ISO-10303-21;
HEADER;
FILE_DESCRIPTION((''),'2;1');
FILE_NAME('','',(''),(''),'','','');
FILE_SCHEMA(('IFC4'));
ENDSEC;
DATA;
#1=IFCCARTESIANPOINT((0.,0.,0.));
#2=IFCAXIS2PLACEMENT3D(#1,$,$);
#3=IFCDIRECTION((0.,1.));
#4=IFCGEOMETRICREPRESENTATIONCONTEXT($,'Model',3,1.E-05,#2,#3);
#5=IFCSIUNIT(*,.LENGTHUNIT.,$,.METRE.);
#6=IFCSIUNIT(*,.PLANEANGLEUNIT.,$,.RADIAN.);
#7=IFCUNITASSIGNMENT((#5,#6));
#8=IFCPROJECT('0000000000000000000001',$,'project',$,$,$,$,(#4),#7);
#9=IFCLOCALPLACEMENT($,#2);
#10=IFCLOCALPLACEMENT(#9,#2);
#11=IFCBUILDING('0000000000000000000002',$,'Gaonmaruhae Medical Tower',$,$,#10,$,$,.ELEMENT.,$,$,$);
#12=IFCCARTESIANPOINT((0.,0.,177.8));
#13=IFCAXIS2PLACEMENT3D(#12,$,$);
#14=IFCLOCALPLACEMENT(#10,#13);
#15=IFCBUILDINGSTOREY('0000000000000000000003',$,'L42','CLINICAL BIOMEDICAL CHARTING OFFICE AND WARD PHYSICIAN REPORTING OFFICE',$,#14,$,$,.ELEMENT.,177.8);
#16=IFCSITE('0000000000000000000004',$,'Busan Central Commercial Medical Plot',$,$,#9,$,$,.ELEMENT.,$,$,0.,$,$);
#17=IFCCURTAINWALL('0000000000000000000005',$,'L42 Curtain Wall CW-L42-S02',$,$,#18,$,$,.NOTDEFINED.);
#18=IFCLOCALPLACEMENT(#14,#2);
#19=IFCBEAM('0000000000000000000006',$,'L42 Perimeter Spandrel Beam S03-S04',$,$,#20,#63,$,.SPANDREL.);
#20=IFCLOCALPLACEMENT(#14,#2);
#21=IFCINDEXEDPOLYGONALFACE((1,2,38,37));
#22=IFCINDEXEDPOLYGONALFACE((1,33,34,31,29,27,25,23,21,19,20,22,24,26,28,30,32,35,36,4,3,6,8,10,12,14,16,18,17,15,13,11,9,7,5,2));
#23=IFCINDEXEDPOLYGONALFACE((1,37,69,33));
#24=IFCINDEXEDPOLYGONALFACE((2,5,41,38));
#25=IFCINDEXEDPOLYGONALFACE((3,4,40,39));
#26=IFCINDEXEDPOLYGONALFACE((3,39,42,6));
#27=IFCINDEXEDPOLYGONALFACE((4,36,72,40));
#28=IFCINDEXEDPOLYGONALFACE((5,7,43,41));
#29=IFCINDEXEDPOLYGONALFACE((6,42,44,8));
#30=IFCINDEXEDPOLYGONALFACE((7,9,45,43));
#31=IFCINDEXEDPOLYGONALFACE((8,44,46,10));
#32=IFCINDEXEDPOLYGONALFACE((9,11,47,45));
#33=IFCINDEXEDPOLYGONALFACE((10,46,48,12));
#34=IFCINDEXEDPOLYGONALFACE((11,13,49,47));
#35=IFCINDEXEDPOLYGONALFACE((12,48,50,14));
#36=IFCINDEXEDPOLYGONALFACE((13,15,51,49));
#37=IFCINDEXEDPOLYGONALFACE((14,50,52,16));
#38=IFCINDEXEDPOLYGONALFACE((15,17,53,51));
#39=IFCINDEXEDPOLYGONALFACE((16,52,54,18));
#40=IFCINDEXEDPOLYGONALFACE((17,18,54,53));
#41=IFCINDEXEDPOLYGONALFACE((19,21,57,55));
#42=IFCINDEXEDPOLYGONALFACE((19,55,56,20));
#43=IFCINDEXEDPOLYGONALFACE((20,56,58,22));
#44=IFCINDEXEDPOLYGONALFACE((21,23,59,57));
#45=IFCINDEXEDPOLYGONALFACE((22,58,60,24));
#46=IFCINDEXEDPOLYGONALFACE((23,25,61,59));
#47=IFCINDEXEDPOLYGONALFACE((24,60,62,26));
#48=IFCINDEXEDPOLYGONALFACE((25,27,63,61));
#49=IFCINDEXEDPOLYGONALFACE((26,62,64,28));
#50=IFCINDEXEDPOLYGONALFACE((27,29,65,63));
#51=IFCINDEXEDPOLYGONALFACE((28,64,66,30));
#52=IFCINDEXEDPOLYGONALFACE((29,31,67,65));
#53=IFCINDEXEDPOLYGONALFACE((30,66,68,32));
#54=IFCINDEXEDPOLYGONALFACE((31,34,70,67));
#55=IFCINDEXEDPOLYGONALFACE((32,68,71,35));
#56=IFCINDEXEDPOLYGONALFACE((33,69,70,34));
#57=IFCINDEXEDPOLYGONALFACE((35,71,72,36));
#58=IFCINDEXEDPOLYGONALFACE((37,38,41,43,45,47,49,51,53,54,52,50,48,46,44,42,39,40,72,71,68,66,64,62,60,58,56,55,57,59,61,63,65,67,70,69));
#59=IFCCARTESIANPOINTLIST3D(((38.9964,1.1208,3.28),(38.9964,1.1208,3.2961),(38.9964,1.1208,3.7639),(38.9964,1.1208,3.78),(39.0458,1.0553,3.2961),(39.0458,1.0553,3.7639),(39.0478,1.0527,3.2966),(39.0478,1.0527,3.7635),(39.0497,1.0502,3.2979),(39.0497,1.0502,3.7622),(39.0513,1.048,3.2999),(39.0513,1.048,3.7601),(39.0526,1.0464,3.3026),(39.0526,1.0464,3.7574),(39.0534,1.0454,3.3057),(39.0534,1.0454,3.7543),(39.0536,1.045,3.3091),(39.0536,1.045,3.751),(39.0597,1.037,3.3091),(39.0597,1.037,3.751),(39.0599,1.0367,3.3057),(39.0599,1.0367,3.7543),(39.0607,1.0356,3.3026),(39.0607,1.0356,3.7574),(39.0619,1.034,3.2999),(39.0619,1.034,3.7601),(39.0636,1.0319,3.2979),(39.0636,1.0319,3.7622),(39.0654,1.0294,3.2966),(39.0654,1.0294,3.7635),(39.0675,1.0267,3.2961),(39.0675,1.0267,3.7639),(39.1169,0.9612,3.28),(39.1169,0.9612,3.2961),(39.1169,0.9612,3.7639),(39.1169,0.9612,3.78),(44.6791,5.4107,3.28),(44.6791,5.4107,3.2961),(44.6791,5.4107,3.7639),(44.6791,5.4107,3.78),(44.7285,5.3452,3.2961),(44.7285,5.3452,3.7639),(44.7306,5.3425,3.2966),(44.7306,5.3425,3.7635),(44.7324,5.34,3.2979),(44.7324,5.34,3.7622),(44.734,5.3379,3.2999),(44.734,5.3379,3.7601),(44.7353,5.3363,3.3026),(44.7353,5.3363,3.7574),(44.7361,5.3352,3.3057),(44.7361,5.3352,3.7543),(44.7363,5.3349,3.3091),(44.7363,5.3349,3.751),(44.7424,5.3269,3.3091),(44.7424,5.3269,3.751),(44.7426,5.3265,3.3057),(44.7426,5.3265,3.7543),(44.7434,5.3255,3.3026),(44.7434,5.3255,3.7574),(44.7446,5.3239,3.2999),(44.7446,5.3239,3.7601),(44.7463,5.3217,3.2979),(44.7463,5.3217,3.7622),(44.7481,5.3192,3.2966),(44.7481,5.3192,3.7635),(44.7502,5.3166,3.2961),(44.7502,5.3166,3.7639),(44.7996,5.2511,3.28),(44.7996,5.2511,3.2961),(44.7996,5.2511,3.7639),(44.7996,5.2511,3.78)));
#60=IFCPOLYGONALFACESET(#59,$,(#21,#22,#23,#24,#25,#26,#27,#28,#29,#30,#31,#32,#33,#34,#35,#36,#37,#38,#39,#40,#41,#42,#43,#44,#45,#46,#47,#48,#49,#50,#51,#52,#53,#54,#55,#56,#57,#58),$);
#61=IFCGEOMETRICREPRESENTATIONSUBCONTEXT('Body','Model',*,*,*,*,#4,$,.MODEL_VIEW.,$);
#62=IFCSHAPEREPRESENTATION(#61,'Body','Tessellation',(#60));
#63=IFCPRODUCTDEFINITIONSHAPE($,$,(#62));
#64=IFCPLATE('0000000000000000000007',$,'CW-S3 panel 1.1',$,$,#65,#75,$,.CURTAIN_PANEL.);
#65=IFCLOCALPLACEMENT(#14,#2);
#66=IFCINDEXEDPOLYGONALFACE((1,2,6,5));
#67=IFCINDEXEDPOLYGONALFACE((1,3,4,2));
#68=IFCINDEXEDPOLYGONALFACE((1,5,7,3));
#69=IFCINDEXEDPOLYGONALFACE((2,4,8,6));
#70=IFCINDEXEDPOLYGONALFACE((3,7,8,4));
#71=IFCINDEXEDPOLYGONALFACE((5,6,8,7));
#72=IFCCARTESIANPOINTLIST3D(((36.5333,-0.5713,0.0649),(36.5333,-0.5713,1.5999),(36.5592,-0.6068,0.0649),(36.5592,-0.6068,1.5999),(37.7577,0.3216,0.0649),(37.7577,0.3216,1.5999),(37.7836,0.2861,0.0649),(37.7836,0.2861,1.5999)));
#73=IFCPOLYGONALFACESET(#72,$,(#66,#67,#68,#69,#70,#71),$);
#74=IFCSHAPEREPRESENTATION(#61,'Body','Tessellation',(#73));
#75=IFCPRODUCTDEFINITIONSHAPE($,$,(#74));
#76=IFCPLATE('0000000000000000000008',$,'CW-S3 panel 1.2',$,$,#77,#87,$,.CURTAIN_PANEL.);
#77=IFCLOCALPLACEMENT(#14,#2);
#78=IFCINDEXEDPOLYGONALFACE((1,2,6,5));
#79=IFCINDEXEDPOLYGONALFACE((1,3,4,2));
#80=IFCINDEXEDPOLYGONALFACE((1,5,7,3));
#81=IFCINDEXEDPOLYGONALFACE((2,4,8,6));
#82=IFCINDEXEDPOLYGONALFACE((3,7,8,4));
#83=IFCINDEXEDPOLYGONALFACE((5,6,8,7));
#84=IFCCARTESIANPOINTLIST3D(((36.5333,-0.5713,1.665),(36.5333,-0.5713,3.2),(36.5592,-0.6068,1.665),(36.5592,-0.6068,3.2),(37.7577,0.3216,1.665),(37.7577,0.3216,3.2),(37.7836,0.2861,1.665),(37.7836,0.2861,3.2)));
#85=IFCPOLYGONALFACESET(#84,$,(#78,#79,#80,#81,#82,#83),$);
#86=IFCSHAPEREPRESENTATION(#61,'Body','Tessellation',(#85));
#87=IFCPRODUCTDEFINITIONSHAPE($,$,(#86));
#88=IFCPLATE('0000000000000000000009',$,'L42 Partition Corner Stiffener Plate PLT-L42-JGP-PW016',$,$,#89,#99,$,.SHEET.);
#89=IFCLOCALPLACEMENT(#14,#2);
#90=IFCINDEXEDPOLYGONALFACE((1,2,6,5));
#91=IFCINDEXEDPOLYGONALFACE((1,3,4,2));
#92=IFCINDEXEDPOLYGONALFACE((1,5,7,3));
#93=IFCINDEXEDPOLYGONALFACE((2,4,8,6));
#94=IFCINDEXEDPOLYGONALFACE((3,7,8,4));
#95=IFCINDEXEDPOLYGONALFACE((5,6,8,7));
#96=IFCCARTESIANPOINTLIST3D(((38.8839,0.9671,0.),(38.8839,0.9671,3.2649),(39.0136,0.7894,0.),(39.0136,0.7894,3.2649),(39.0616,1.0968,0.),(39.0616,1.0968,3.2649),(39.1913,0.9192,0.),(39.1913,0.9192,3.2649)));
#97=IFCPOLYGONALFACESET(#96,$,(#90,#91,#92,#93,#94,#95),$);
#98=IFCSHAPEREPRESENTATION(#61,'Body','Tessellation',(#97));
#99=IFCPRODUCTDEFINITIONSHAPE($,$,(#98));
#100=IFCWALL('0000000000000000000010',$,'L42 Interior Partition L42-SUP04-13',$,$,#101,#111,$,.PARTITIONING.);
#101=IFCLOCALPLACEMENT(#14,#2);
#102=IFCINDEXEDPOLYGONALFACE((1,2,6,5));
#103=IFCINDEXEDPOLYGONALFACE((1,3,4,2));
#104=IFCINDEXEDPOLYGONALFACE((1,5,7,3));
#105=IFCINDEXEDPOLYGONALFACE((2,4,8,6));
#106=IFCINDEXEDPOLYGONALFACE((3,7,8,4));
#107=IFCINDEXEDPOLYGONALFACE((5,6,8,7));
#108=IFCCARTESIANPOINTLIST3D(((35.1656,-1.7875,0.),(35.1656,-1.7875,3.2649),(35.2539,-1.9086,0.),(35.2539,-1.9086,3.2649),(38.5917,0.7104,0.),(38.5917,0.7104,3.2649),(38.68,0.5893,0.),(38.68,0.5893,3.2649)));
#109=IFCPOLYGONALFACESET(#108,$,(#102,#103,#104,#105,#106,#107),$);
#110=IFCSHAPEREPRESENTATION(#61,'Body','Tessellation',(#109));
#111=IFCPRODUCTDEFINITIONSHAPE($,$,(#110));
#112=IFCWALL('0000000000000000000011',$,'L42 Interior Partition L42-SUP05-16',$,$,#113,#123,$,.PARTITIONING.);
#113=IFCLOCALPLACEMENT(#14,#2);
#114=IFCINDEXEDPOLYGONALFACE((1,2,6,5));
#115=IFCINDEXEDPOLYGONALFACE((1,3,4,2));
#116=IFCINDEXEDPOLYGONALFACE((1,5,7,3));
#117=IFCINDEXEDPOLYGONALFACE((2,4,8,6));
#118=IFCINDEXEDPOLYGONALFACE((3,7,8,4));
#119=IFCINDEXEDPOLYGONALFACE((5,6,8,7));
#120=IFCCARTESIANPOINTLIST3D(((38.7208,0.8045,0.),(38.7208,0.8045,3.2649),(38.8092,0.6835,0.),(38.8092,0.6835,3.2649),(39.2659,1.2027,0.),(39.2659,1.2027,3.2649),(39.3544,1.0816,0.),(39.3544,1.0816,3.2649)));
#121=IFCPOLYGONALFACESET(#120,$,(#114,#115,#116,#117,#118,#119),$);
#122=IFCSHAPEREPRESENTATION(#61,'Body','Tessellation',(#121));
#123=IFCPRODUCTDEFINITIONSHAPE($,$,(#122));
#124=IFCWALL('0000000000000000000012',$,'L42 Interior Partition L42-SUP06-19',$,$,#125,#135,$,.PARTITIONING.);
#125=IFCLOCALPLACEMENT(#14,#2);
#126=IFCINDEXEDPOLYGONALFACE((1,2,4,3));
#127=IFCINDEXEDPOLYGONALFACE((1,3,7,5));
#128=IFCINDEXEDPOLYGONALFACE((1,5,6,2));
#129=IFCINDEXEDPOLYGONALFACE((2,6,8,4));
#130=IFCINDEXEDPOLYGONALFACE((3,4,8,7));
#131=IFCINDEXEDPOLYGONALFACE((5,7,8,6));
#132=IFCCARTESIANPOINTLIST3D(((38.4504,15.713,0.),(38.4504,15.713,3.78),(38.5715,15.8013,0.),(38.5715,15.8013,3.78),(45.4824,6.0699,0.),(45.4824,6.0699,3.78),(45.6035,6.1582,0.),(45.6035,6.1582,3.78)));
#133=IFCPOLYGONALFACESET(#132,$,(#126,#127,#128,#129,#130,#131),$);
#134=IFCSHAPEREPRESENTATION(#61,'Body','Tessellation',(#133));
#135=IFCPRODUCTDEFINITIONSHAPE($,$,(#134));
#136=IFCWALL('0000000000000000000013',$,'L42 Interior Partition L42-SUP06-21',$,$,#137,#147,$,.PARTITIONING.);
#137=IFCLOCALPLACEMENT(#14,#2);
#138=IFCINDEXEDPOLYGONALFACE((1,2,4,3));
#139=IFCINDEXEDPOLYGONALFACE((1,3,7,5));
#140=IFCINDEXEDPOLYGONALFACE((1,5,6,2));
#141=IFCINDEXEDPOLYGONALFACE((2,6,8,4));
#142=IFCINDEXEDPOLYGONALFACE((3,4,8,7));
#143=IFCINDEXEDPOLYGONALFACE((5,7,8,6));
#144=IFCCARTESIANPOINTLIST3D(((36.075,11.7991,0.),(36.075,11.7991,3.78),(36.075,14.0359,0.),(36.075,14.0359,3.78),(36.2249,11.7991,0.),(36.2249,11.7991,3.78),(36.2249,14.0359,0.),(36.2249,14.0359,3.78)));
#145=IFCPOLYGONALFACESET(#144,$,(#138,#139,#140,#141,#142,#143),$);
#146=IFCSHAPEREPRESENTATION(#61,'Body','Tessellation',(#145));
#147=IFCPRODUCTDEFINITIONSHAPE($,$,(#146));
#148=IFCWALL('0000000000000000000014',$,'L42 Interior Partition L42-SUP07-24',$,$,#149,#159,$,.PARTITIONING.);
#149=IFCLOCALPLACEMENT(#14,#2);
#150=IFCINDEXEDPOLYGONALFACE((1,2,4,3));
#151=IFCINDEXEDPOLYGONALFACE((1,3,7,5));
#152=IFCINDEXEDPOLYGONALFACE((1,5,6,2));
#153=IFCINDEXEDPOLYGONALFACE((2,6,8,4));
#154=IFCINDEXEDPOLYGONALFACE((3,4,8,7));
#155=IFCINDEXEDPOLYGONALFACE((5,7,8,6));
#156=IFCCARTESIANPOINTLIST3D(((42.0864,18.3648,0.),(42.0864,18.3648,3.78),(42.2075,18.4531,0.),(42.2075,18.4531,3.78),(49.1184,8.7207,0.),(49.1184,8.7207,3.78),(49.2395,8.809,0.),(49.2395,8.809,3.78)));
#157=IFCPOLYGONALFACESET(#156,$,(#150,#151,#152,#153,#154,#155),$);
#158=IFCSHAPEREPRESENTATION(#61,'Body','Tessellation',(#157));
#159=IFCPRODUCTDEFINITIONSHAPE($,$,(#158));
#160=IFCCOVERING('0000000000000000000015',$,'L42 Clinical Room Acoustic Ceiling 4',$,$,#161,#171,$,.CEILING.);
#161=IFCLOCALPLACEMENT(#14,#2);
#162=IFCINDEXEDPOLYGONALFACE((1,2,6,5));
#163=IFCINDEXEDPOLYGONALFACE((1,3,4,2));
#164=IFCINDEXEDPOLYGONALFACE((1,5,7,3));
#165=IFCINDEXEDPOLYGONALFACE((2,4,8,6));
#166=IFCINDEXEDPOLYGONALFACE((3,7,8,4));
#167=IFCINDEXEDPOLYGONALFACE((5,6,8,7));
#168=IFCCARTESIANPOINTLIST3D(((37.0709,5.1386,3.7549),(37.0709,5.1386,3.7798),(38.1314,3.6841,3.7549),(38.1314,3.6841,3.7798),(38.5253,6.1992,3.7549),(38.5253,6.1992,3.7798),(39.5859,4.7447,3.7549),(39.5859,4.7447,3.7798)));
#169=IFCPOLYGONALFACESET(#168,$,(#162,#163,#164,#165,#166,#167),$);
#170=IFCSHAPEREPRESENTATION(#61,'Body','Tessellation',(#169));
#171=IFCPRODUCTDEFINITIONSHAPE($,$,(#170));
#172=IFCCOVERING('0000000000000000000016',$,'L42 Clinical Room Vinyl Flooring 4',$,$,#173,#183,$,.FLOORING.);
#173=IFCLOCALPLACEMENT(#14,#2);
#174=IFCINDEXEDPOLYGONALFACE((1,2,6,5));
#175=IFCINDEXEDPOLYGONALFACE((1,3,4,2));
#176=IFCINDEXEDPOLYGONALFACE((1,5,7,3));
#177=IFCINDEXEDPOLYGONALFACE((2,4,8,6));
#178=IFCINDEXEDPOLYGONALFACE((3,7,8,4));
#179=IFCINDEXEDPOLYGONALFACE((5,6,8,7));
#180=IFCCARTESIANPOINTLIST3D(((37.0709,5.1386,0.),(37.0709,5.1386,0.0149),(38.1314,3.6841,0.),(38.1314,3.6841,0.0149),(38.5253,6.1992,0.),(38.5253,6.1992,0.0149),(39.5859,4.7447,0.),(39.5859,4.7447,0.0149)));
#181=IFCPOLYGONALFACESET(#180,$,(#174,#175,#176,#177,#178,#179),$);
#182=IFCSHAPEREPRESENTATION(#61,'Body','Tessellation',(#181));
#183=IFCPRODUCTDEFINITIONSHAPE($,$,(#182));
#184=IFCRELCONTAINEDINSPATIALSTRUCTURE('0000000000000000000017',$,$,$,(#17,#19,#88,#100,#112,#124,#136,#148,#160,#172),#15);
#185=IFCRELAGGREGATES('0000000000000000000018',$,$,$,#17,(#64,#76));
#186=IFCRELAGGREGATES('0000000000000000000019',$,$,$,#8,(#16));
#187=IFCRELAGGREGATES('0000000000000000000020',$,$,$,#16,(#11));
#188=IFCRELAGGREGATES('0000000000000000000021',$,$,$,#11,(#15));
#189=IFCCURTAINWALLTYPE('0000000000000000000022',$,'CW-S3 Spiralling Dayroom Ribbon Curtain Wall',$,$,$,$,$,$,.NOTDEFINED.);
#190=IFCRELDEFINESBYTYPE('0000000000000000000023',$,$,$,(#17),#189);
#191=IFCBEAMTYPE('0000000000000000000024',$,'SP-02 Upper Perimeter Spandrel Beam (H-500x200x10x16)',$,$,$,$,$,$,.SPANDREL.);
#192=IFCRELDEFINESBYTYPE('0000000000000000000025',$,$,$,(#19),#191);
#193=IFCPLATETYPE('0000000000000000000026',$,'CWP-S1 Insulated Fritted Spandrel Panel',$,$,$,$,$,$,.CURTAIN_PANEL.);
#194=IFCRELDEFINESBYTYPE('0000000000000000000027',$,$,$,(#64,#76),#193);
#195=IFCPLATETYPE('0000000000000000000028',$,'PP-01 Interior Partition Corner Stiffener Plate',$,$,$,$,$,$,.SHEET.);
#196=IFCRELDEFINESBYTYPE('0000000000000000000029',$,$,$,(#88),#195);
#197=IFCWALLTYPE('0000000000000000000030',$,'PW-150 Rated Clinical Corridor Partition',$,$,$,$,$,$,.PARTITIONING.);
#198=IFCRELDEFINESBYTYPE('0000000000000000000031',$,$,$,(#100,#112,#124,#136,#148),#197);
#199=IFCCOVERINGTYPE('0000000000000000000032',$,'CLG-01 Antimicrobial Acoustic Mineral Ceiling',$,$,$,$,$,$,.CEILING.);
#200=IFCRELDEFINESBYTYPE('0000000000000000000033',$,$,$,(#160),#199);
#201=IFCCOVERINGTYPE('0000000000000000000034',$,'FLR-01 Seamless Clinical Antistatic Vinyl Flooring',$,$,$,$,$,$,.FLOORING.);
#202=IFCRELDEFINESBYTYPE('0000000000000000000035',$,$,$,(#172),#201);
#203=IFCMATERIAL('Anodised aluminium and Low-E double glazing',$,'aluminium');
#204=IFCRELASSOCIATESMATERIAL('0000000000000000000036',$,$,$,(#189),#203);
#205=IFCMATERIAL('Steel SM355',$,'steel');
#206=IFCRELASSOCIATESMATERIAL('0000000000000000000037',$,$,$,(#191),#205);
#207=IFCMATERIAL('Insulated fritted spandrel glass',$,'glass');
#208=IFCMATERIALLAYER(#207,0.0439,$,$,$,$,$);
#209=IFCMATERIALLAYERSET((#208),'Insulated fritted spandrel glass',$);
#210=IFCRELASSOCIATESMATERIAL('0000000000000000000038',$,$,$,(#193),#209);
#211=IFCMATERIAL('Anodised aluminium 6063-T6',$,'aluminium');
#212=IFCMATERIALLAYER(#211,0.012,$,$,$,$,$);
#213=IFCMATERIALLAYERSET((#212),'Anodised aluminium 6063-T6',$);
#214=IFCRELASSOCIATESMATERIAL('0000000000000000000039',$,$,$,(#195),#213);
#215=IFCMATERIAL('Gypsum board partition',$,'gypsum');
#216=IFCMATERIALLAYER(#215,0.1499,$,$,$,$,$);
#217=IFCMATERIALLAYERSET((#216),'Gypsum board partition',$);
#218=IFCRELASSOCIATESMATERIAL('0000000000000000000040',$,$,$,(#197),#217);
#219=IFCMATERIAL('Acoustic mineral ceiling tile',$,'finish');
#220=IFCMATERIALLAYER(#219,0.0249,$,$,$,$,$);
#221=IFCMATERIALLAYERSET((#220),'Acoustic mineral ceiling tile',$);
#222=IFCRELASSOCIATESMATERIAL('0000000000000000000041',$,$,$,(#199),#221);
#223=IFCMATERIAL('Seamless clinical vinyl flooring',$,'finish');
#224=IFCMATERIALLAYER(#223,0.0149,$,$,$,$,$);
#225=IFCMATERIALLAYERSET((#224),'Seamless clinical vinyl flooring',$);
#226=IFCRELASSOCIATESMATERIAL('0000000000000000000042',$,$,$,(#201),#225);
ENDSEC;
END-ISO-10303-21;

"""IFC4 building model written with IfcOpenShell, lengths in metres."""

from ifc_helpers import new_model, si_unit, direction, frame, frame_2d, origin, origin_2d, place, context, subcontext, project, spatial, rectangle, i_section, extrude, material, layer, layer_set, material_profile, profile_set, type_object, element, aggregate, save


model = new_model("IFC4")

# Units and contexts
model_context = context("Model", 3, precision=1e-05, world=origin(), true_north=direction((0.0, 1.0)))
body_context = subcontext(model_context, "Body", "Model", "MODEL_VIEW")
ifc_project = project(units=[si_unit("LENGTHUNIT", "METRE"), si_unit("PLANEANGLEUNIT", "RADIAN")], contexts=[model_context])

# Site, building, storey
site_placement = place(None, origin())
site = spatial("IfcSite", under=ifc_project, at=site_placement, Name="Busan Central Commercial Medical Plot", CompositionType="ELEMENT", RefElevation=0.0)
building_placement = place(site_placement, origin())
building = spatial("IfcBuilding", under=site, at=building_placement, Name="Gaonmaruhae Medical Tower", CompositionType="ELEMENT")
storey_placement = place(building_placement, frame((0.0, 0.0, 177.8)))
storey = spatial("IfcBuildingStorey", under=building, at=storey_placement, Name="L42", Description="CLINICAL BIOMEDICAL CHARTING OFFICE AND WARD PHYSICIAN REPORTING OFFICE", CompositionType="ELEMENT", Elevation=177.8)

# Curtain wall
ifc_material_1 = material(Name="Anodised aluminium and Low-E double glazing", Category="aluminium")
curtain_wall_type = type_object("IfcCurtainWallType", Name="CW-S3 Spiralling Dayroom Ribbon Curtain Wall", PredefinedType="NOTDEFINED", material=ifc_material_1)
curtain_wall_placement = place(storey_placement, origin())
curtain_wall = element("IfcCurtainWall", 1, at=curtain_wall_placement, inside=storey, type_object=curtain_wall_type, Name="L42 Curtain Wall CW-L42-S02", PredefinedType="NOTDEFINED")
ifc_material_2 = material(Name="Anodised aluminium 6063-T6", Category="aluminium")

# Beam
ifc_material_3 = material(Name="Steel SM355", Category="steel")
ifc_material_profile_1 = material_profile(ifc_material_3, i_section(OverallWidth=0.2, OverallDepth=0.5, WebThickness=0.01, FlangeThickness=0.0161, FilletRadius=0.0129, at=origin_2d()), Name="H-500x200x10x16")
ifc_profile_set_1 = profile_set([ifc_material_profile_1], Name="Steel SM355")
beam_type_1 = type_object("IfcBeamType", Name="SP-02 Upper Perimeter Spandrel Beam (H-500x200x10x16)", PredefinedType="SPANDREL", material=ifc_profile_set_1)
beam_1_placement = place(storey_placement, frame((39.0566, 1.041, 3.53), z_axis=(0.79812, 0.602499, 0.0), x_axis=(-0.602499, 0.79812, 0.0)))
element("IfcBeam", 2, at=beam_1_placement, inside=storey, type_object=beam_type_1, Name="L42 Perimeter Spandrel Beam S03-S04", PredefinedType="SPANDREL", context=body_context, shape_type="SweptSolid", body=[
    extrude(i_section(OverallWidth=0.2, OverallDepth=0.5, WebThickness=0.01, FlangeThickness=0.0161, FilletRadius=0.0129, at=origin_2d()), origin(), (0.0, 0.0, 1.0), 7.1201),
])

# Plates
ifc_material_4 = material(Name="Insulated fritted spandrel glass", Category="glass")
ifc_layer_1 = layer(ifc_material_4, 0.0439)
ifc_layer_set_1 = layer_set([ifc_layer_1], Name="Insulated fritted spandrel glass")
plate_type_1 = type_object("IfcPlateType", Name="CWP-S1 Insulated Fritted Spandrel Panel", PredefinedType="CURTAIN_PANEL", material=ifc_layer_set_1)
plate_1_placement = place(storey_placement, frame((37.1584, -0.1426, 0.0649), z_axis=(0.0, 0.0, 1.0), x_axis=(-0.807991, -0.589195, 0.0)))
plate_1 = element("IfcPlate", 3, at=plate_1_placement, type_object=plate_type_1, Name="CW-S3 panel 1.1", PredefinedType="CURTAIN_PANEL", context=body_context, shape_type="SweptSolid", body=[
    extrude(rectangle(XDim=1.5154, YDim=0.0439, at=origin_2d()), origin(), (0.0, 0.0, 1.0), 1.5349),
])
plate_2_placement = place(storey_placement, frame((37.1584, -0.1426, 1.665), z_axis=(0.0, 0.0, 1.0), x_axis=(-0.807991, -0.589195, 0.0)))
plate_2 = element("IfcPlate", 4, at=plate_2_placement, type_object=plate_type_1, Name="CW-S3 panel 1.2", PredefinedType="CURTAIN_PANEL", context=body_context, shape_type="SweptSolid", body=[
    extrude(rectangle(XDim=1.5154, YDim=0.0439, at=origin_2d()), origin(), (0.0, 0.0, 1.0), 1.5349),
])
aggregate(curtain_wall, [plate_1, plate_2])
ifc_layer_2 = layer(ifc_material_2, 0.012)
ifc_layer_set_2 = layer_set([ifc_layer_2], Name="Anodised aluminium 6063-T6")
plate_type_2 = type_object("IfcPlateType", Name="PP-01 Interior Partition Corner Stiffener Plate", PredefinedType="SHEET", material=ifc_layer_set_2)
plate_3_placement = place(storey_placement, frame((39.0376, 0.9431, 0.0), z_axis=(0.0, 0.0, 1.0), x_axis=(-0.807578, -0.58976, 0.0)))
element("IfcPlate", 5, at=plate_3_placement, inside=storey, type_object=plate_type_2, Name="L42 Partition Corner Stiffener Plate PLT-L42-JGP-PW016", PredefinedType="SHEET", context=body_context, shape_type="SweptSolid", body=[
    extrude(rectangle(XDim=0.22, YDim=0.22, at=origin_2d()), origin(), (0.0, 0.0, 1.0), 3.2649),
])

# Walls
ifc_material_5 = material(Name="Gypsum board partition", Category="gypsum")
ifc_layer_3 = layer(ifc_material_5, 0.1499)
ifc_layer_set_3 = layer_set([ifc_layer_3], Name="Gypsum board partition")
wall_type = type_object("IfcWallType", Name="PW-150 Rated Clinical Corridor Partition", PredefinedType="PARTITIONING", material=ifc_layer_set_3)
wall_1_placement = place(storey_placement, frame((38.636, 0.6499, 0.0), z_axis=(0.0, 0.0, 1.0), x_axis=(-0.808046, -0.58912, 0.0)))
element("IfcWall", 6, at=wall_1_placement, inside=storey, type_object=wall_type, Name="L42 Interior Partition L42-SUP04-13", PredefinedType="PARTITIONING", context=body_context, shape_type="SweptSolid", body=[
    extrude(rectangle(XDim=4.24, YDim=0.1499, at=frame_2d((2.1201, 0.0))), origin(), (0.0, 0.0, 1.0), 3.2649),
])
wall_2_placement = place(storey_placement, frame((39.3101, 1.1421, 0.0), z_axis=(0.0, 0.0, 1.0), x_axis=(-0.80753, -0.589826, 0.0)))
element("IfcWall", 7, at=wall_2_placement, inside=storey, type_object=wall_type, Name="L42 Interior Partition L42-SUP05-16", PredefinedType="PARTITIONING", context=body_context, shape_type="SweptSolid", body=[
    extrude(rectangle(XDim=0.675, YDim=0.1499, at=frame_2d((0.3374, 0.0))), origin(), (0.0, 0.0, 1.0), 3.2649),
])
wall_3_placement = place(storey_placement, frame((38.511, 15.7571, 0.0), z_axis=(0.0, 0.0, 1.0), x_axis=(0.589204, -0.807984, 0.0)))
element("IfcWall", 8, at=wall_3_placement, inside=storey, type_object=wall_type, Name="L42 Interior Partition L42-SUP06-19", PredefinedType="PARTITIONING", context=body_context, shape_type="SweptSolid", body=[
    extrude(rectangle(XDim=11.9348, YDim=0.1499, at=frame_2d((5.9673, 0.0))), origin(), (0.0, 0.0, 1.0), 3.78),
])
wall_4_placement = place(storey_placement, frame((36.1499, 11.7991, 0.0), z_axis=(0.0, 0.0, 1.0), x_axis=(0.0, 1.0, 0.0)))
element("IfcWall", 9, at=wall_4_placement, inside=storey, type_object=wall_type, Name="L42 Interior Partition L42-SUP06-21", PredefinedType="PARTITIONING", context=body_context, shape_type="SweptSolid", body=[
    extrude(rectangle(XDim=2.2368, YDim=0.1499, at=frame_2d((1.1184, 0.0))), origin(), (0.0, 0.0, 1.0), 3.78),
])

# Wall
wall_5_placement = place(storey_placement, frame((42.147, 18.4089, 0.0), z_axis=(0.0, 0.0, 1.0), x_axis=(0.589165, -0.808013, 0.0)))
element("IfcWall", 10, at=wall_5_placement, inside=storey, type_object=wall_type, Name="L42 Interior Partition L42-SUP07-24", PredefinedType="PARTITIONING", context=body_context, shape_type="SweptSolid", body=[
    extrude(rectangle(XDim=11.9355, YDim=0.1499, at=frame_2d((5.9678, 0.0))), origin(), (0.0, 0.0, 1.0), 3.78),
])

# Coverings
ifc_material_6 = material(Name="Acoustic mineral ceiling tile", Category="finish")
ifc_layer_4 = layer(ifc_material_6, 0.0249)
ifc_layer_set_4 = layer_set([ifc_layer_4], Name="Acoustic mineral ceiling tile")
covering_type_1 = type_object("IfcCoveringType", Name="CLG-01 Antimicrobial Acoustic Mineral Ceiling", PredefinedType="CEILING", material=ifc_layer_set_4)
covering_1_placement = place(storey_placement, frame((38.3284, 4.9417, 3.7549), z_axis=(0.0, 0.0, 1.0), x_axis=(0.80799, 0.589196, 0.0)))
element("IfcCovering", 11, at=covering_1_placement, inside=storey, type_object=covering_type_1, Name="L42 Clinical Room Acoustic Ceiling 4", PredefinedType="CEILING", context=body_context, shape_type="SweptSolid", body=[
    extrude(rectangle(XDim=1.8, YDim=1.8, at=origin_2d()), origin(), (0.0, 0.0, 1.0), 0.0249),
])
ifc_material_7 = material(Name="Seamless clinical vinyl flooring", Category="finish")
ifc_layer_5 = layer(ifc_material_7, 0.0149)
ifc_layer_set_5 = layer_set([ifc_layer_5], Name="Seamless clinical vinyl flooring")
covering_type_2 = type_object("IfcCoveringType", Name="FLR-01 Seamless Clinical Antistatic Vinyl Flooring", PredefinedType="FLOORING", material=ifc_layer_set_5)
covering_2_placement = place(storey_placement, frame((38.3284, 4.9417, 0.0), z_axis=(0.0, 0.0, 1.0), x_axis=(0.80799, 0.589196, 0.0)))
element("IfcCovering", 12, at=covering_2_placement, inside=storey, type_object=covering_type_2, Name="L42 Clinical Room Vinyl Flooring 4", PredefinedType="FLOORING", context=body_context, shape_type="SweptSolid", body=[
    extrude(rectangle(XDim=1.8, YDim=1.8, at=origin_2d()), origin(), (0.0, 0.0, 1.0), 0.0149),
])

save(model, "model.ifc")
